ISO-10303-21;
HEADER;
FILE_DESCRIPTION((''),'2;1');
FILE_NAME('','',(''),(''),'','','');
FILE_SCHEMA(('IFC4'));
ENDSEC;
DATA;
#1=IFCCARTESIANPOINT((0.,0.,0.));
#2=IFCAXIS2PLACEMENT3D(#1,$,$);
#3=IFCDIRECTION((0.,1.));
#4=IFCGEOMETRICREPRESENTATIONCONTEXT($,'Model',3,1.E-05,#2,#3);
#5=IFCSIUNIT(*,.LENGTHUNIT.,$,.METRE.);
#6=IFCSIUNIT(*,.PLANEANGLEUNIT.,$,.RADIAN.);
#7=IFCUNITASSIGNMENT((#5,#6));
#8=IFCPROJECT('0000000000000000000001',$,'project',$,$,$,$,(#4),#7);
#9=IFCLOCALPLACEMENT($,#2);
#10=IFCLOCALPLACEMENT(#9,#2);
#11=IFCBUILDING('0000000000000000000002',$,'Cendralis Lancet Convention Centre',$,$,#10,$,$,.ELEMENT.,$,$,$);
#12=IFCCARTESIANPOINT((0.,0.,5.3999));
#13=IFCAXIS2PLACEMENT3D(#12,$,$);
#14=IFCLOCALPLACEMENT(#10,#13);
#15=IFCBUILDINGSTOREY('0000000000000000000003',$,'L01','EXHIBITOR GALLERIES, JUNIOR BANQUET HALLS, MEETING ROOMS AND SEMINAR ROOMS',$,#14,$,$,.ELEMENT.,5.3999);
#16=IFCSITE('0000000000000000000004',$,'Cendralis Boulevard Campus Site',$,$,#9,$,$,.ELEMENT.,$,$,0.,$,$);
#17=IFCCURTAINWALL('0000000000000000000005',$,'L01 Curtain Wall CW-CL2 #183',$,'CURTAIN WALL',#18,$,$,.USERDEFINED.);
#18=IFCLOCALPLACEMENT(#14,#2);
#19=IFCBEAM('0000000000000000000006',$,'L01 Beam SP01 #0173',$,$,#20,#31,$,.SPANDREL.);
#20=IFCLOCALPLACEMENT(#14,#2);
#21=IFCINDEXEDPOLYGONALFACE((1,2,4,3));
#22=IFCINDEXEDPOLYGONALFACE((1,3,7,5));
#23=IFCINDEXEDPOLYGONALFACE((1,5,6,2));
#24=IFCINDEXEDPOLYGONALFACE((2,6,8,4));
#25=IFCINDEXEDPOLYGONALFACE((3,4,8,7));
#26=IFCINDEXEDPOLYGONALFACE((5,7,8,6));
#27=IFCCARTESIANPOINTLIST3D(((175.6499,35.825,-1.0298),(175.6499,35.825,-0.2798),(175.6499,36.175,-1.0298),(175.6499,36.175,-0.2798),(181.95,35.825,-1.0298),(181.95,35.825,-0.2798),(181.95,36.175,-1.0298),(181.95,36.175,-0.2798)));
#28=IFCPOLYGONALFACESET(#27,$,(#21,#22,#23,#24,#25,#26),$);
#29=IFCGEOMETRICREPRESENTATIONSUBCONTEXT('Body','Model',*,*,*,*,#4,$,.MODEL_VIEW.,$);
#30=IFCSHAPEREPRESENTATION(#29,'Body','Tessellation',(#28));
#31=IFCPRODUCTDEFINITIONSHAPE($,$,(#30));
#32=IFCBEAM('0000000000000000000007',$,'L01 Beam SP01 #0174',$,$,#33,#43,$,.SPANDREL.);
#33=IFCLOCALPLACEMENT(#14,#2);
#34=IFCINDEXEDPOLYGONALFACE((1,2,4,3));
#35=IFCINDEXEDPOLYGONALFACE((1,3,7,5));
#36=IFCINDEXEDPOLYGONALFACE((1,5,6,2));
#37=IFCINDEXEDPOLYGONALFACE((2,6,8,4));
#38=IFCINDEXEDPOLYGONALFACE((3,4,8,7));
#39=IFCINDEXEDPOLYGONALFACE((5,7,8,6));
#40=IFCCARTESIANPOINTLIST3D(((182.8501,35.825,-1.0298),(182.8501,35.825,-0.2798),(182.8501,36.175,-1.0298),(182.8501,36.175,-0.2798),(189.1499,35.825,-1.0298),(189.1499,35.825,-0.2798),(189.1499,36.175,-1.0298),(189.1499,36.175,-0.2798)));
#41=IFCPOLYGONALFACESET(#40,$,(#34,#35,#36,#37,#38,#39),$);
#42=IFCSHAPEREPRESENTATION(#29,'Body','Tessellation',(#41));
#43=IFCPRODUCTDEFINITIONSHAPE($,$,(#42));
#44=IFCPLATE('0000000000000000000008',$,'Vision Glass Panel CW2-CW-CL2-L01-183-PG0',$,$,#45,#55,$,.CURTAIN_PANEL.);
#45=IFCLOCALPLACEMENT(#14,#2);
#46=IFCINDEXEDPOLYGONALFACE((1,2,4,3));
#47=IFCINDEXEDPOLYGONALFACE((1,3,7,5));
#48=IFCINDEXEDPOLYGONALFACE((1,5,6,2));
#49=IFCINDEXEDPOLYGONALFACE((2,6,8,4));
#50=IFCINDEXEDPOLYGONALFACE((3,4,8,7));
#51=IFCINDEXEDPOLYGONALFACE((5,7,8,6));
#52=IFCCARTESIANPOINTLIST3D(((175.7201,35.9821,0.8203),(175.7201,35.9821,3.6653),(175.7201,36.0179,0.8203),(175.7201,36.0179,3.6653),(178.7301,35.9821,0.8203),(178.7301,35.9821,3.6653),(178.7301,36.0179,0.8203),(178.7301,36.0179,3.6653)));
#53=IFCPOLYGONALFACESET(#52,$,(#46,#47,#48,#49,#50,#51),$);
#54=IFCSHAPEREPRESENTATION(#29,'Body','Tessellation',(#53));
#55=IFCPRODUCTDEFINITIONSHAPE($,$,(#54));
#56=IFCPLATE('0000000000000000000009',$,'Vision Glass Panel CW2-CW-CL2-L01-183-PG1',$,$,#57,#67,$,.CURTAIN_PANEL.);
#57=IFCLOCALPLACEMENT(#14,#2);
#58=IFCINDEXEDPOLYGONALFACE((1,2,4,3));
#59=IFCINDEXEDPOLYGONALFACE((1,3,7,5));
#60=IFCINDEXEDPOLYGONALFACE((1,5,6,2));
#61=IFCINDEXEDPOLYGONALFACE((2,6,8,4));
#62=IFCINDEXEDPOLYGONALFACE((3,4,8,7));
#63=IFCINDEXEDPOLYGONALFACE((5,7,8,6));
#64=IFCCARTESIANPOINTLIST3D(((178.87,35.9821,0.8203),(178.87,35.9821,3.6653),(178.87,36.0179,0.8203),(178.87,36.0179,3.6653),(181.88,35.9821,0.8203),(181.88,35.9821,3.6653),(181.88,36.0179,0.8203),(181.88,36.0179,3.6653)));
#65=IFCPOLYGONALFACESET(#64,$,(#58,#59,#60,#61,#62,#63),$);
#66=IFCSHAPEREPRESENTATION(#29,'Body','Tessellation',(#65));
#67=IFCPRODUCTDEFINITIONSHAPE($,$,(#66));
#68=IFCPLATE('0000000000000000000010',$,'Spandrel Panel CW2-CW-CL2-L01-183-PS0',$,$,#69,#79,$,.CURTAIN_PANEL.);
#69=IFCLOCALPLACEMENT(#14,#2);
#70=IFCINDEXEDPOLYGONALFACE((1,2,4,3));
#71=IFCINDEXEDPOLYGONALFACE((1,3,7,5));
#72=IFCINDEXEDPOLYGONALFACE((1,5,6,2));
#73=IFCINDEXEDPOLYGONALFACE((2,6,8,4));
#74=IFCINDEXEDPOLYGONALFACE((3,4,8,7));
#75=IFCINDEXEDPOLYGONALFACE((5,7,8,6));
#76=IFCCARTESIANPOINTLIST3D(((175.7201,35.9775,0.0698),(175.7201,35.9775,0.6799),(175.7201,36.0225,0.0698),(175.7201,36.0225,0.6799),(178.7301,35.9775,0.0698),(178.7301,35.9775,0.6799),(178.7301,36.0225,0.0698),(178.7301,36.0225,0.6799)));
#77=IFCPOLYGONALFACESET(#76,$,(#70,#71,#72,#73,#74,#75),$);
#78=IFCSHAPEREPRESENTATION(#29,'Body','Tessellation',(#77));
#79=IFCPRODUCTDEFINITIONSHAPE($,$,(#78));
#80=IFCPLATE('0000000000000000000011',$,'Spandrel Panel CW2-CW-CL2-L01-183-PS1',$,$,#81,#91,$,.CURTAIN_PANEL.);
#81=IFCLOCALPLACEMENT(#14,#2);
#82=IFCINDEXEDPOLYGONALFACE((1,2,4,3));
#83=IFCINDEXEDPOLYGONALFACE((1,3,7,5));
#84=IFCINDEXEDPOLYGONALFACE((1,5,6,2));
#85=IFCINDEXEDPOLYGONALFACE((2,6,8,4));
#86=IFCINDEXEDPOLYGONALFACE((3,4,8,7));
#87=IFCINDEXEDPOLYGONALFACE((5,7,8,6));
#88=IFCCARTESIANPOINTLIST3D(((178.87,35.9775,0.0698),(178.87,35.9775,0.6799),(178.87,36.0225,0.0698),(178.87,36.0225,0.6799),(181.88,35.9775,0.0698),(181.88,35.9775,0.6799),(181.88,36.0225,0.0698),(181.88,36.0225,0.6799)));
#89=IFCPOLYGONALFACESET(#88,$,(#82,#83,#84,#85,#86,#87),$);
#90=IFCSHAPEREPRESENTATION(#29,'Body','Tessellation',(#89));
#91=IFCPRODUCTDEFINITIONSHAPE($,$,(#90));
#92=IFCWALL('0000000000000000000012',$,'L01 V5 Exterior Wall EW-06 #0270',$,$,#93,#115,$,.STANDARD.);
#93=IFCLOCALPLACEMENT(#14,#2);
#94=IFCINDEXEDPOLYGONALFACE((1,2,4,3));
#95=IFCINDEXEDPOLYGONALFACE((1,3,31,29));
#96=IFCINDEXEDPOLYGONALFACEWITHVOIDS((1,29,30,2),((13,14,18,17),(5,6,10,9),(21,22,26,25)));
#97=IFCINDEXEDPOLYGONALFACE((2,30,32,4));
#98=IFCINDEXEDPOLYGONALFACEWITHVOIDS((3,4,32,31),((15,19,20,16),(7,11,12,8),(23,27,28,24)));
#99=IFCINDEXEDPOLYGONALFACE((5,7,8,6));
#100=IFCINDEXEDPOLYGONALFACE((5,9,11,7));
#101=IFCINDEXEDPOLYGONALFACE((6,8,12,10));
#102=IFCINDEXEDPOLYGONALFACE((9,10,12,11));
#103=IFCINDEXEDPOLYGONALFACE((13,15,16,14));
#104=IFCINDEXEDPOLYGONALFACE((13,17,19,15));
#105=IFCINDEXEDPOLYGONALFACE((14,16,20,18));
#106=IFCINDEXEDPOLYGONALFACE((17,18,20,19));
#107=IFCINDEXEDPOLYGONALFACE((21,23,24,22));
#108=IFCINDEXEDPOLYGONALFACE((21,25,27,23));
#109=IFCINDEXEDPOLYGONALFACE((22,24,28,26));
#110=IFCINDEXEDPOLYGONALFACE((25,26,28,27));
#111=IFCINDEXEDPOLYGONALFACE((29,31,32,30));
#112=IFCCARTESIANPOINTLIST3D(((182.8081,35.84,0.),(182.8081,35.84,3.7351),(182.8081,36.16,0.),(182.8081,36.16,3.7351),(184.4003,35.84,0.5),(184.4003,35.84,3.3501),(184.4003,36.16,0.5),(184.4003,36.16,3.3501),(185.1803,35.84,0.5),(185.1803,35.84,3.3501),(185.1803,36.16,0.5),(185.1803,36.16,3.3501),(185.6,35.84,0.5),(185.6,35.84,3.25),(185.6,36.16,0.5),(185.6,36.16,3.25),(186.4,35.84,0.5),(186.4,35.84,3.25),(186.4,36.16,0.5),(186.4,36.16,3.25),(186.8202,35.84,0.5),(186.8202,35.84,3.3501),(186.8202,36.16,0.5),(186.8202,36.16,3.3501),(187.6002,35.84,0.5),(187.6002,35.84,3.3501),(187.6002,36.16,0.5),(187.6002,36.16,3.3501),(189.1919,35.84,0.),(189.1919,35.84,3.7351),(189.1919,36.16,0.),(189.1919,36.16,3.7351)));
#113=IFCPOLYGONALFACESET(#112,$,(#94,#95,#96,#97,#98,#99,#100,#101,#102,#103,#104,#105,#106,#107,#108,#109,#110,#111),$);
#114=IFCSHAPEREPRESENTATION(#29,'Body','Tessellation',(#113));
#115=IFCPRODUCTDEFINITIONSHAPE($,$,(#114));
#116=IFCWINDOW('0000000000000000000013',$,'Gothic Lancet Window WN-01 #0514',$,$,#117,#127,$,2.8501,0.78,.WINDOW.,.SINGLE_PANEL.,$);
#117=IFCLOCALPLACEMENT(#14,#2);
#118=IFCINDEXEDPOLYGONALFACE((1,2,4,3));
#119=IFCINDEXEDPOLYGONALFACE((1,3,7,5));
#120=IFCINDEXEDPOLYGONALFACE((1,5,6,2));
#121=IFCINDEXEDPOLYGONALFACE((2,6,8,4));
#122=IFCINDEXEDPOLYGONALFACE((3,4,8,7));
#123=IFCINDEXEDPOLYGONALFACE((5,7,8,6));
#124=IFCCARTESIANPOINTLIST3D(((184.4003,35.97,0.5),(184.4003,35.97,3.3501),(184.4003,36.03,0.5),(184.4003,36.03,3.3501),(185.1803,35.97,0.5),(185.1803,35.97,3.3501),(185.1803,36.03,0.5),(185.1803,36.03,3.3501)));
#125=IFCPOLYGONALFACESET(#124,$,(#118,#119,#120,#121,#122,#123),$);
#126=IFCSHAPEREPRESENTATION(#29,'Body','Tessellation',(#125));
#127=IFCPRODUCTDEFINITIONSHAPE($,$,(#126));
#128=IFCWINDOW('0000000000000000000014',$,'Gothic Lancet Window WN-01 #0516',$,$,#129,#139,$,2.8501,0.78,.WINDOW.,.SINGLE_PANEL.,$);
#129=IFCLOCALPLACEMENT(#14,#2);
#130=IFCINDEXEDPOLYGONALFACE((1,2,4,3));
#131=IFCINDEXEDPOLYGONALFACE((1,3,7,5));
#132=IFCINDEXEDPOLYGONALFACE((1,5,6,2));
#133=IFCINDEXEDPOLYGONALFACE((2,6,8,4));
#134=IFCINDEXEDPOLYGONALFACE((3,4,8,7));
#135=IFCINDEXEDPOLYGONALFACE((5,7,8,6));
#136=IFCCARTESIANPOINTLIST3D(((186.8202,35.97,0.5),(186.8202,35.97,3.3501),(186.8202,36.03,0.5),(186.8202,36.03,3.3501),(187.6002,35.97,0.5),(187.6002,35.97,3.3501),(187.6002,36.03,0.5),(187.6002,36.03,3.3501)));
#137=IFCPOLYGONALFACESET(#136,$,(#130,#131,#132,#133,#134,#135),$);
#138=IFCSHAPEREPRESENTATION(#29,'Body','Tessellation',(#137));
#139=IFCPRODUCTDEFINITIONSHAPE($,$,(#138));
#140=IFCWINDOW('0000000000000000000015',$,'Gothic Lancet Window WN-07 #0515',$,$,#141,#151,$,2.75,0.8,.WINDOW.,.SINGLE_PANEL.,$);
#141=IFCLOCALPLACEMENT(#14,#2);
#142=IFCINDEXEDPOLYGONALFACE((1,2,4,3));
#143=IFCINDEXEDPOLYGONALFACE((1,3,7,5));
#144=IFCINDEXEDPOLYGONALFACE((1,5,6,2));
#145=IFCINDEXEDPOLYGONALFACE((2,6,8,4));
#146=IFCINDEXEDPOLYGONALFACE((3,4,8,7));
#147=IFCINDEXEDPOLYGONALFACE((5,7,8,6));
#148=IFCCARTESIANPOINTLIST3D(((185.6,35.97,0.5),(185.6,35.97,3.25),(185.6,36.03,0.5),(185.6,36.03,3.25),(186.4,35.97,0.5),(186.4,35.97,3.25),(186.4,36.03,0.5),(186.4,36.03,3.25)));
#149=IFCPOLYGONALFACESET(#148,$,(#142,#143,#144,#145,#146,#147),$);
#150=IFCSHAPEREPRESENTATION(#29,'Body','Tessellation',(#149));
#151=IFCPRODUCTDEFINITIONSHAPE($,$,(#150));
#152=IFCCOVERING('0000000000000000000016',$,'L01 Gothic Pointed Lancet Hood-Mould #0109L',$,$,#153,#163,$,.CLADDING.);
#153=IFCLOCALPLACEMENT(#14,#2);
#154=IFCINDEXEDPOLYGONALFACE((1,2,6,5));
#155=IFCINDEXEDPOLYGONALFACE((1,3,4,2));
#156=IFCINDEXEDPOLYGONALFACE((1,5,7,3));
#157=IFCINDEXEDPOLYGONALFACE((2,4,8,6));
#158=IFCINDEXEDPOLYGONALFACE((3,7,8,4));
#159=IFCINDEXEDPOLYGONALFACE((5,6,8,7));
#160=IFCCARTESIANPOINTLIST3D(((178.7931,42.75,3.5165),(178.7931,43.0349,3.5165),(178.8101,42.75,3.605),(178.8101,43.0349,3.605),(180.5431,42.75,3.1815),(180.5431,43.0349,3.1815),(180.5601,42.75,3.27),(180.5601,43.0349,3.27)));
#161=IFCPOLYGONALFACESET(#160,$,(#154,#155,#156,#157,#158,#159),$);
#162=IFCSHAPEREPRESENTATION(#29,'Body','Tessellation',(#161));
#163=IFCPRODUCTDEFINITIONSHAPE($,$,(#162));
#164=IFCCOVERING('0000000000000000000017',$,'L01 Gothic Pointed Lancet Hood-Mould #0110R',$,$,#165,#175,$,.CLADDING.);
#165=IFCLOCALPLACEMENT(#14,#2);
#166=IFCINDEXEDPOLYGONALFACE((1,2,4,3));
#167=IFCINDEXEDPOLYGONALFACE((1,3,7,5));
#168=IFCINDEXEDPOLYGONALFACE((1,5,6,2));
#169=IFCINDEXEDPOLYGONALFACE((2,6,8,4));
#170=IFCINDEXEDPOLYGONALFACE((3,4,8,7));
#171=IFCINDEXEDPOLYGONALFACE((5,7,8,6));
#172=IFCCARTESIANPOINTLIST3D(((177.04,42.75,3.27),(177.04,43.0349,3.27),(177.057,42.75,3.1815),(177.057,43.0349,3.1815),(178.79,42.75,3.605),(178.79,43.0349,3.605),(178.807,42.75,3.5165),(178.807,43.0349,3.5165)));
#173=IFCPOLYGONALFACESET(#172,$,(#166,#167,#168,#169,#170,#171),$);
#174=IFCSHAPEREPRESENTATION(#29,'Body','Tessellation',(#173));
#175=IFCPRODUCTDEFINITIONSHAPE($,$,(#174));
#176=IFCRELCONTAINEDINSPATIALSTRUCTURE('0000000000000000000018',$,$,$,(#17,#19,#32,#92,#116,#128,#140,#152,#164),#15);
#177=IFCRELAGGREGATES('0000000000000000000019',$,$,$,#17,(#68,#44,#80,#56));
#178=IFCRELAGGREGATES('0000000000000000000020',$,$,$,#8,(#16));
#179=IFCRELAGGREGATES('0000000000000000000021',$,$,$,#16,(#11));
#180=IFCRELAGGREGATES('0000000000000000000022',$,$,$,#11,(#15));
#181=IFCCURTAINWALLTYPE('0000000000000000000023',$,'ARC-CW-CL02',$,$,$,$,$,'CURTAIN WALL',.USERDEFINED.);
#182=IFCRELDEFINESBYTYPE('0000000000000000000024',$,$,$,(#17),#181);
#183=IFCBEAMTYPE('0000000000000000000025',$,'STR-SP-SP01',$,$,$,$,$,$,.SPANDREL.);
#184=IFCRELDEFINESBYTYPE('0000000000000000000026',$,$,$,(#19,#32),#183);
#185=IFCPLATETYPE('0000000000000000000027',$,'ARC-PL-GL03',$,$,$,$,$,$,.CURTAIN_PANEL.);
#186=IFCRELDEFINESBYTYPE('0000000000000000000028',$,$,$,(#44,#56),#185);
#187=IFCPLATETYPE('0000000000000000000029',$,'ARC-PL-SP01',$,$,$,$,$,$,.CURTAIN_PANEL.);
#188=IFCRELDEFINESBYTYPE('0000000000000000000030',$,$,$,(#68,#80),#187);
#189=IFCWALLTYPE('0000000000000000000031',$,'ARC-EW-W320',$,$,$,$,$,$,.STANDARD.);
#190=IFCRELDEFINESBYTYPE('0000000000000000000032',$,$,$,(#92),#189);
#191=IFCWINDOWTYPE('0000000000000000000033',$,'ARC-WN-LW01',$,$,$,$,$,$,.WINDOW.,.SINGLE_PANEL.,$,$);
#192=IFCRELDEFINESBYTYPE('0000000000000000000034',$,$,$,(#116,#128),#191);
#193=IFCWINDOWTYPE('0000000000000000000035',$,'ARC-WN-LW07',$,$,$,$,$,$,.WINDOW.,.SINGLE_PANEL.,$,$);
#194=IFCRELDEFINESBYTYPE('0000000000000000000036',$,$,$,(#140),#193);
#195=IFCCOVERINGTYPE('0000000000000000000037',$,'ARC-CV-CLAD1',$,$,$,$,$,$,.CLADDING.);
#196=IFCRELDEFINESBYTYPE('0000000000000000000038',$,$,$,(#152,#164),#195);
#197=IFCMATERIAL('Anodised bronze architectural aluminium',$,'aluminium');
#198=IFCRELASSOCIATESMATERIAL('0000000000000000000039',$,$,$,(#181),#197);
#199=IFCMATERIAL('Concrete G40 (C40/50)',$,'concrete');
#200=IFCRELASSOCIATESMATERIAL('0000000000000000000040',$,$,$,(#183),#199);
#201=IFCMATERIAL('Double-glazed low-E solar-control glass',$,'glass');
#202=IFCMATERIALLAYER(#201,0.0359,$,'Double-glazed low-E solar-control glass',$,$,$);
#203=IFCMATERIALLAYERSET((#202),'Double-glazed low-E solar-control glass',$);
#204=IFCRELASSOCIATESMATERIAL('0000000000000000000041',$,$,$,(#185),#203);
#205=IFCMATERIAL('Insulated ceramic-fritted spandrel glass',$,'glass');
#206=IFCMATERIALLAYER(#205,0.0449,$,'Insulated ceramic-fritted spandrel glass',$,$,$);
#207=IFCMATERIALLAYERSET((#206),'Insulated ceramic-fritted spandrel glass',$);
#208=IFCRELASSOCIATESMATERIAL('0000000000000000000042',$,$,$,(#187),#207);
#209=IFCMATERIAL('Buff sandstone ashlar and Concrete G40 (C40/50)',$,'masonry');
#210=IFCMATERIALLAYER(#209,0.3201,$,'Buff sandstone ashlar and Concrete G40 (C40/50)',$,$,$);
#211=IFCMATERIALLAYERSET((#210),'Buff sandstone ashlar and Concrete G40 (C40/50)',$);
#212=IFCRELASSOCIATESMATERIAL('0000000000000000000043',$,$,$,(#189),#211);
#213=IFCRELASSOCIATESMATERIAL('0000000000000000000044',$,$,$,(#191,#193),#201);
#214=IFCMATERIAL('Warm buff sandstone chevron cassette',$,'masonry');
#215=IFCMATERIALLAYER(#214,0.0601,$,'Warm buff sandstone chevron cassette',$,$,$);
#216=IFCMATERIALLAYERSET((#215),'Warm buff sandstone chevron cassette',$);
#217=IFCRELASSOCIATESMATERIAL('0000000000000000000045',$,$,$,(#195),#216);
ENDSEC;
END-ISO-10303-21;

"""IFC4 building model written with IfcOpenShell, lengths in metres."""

from ifc_helpers import new_model, si_unit, direction, frame, frame_2d, origin, origin_2d, place, context, subcontext, project, spatial, polyline, rectangle, outline, extrude, material, layer, layer_set, material_profile, profile_set, type_object, element, fill, aggregate, save


model = new_model("IFC4")

# Units and contexts
model_context = context("Model", 3, precision=1e-05, world=origin(), true_north=direction((0.0, 1.0)))
body_context = subcontext(model_context, "Body", "Model", "MODEL_VIEW")
ifc_project = project(units=[si_unit("LENGTHUNIT", "METRE"), si_unit("PLANEANGLEUNIT", "RADIAN")], contexts=[model_context])

# Site, building, storey
site_placement = place(None, origin())
site = spatial("IfcSite", under=ifc_project, at=site_placement, Name="Cendralis Boulevard Campus Site", CompositionType="ELEMENT", RefElevation=0.0)
building_placement = place(site_placement, origin())
building = spatial("IfcBuilding", under=site, at=building_placement, Name="Cendralis Lancet Convention Centre", CompositionType="ELEMENT")
storey_placement = place(building_placement, frame((0.0, 0.0, 5.3999)))
storey = spatial("IfcBuildingStorey", under=building, at=storey_placement, Name="L01", Description="EXHIBITOR GALLERIES, JUNIOR BANQUET HALLS, MEETING ROOMS AND SEMINAR ROOMS", CompositionType="ELEMENT", Elevation=5.3999)

# Shared definitions
ifc_material_1 = material(Name="Concrete G40 (C40/50)", Category="concrete")

# Curtain wall
ifc_material_2 = material(Name="Anodised bronze architectural aluminium", Category="aluminium")
curtain_wall_type = type_object("IfcCurtainWallType", Name="ARC-CW-CL02", ElementType="CURTAIN WALL", PredefinedType="USERDEFINED", material=ifc_material_2)
curtain_wall_placement = place(storey_placement, origin())
curtain_wall = element("IfcCurtainWall", 1, at=curtain_wall_placement, inside=storey, type_object=curtain_wall_type, Name="L01 Curtain Wall CW-CL2 #183", ObjectType="CURTAIN WALL", PredefinedType="USERDEFINED")

# Beams
ifc_material_profile_1 = material_profile(ifc_material_1, rectangle(XDim=0.3501, YDim=0.75, at=origin_2d()), Name="RCB 350x750")
ifc_profile_set_1 = profile_set([ifc_material_profile_1], Name="Concrete G40 (C40/50)")
beam_type = type_object("IfcBeamType", Name="STR-SP-SP01", PredefinedType="SPANDREL", material=ifc_profile_set_1)
beam_1_placement = place(storey_placement, frame((175.6499, 36.0, -0.6548), z_axis=(1.0, 0.0, 0.0), x_axis=(0.0, 1.0, 0.0)))
element("IfcBeam", 2, at=beam_1_placement, inside=storey, type_object=beam_type, Name="L01 Beam SP01 #0173", PredefinedType="SPANDREL", context=body_context, shape_type="SweptSolid", body=[
    extrude(rectangle(XDim=0.3501, YDim=0.75, at=origin_2d()), origin(), (0.0, 0.0, 1.0), 6.3),
])
beam_2_placement = place(storey_placement, frame((182.8501, 36.0, -0.6548), z_axis=(1.0, 0.0, 0.0), x_axis=(0.0, 1.0, 0.0)))
element("IfcBeam", 3, at=beam_2_placement, inside=storey, type_object=beam_type, Name="L01 Beam SP01 #0174", PredefinedType="SPANDREL", context=body_context, shape_type="SweptSolid", body=[
    extrude(rectangle(XDim=0.3501, YDim=0.75, at=origin_2d()), origin(), (0.0, 0.0, 1.0), 6.2998),
])

# Plates
ifc_material_3 = material(Name="Double-glazed low-E solar-control glass", Category="glass")
ifc_layer_1 = layer(ifc_material_3, 0.0359, Name="Double-glazed low-E solar-control glass")
ifc_layer_set_1 = layer_set([ifc_layer_1], Name="Double-glazed low-E solar-control glass")
plate_type_1 = type_object("IfcPlateType", Name="ARC-PL-GL03", PredefinedType="CURTAIN_PANEL", material=ifc_layer_set_1)
plate_1_placement = place(storey_placement, frame((177.2251, 36.0, 0.8203), z_axis=(0.0, 0.0, 1.0), x_axis=(1.0, 0.0, 0.0)))
plate_1 = element("IfcPlate", 4, at=plate_1_placement, type_object=plate_type_1, Name="Vision Glass Panel CW2-CW-CL2-L01-183-PG0", PredefinedType="CURTAIN_PANEL", context=body_context, shape_type="SweptSolid", body=[
    extrude(rectangle(XDim=3.01, YDim=0.0359, at=origin_2d()), origin(), (0.0, 0.0, 1.0), 2.845),
])
plate_2_placement = place(storey_placement, frame((180.375, 36.0, 0.8203), z_axis=(0.0, 0.0, 1.0), x_axis=(1.0, 0.0, 0.0)))
plate_2 = element("IfcPlate", 5, at=plate_2_placement, type_object=plate_type_1, Name="Vision Glass Panel CW2-CW-CL2-L01-183-PG1", PredefinedType="CURTAIN_PANEL", context=body_context, shape_type="SweptSolid", body=[
    extrude(rectangle(XDim=3.01, YDim=0.0359, at=origin_2d()), origin(), (0.0, 0.0, 1.0), 2.845),
])
ifc_material_4 = material(Name="Insulated ceramic-fritted spandrel glass", Category="glass")
ifc_layer_2 = layer(ifc_material_4, 0.0449, Name="Insulated ceramic-fritted spandrel glass")
ifc_layer_set_2 = layer_set([ifc_layer_2], Name="Insulated ceramic-fritted spandrel glass")
plate_type_2 = type_object("IfcPlateType", Name="ARC-PL-SP01", PredefinedType="CURTAIN_PANEL", material=ifc_layer_set_2)
plate_3_placement = place(storey_placement, frame((177.2251, 36.0, 0.0698), z_axis=(0.0, 0.0, 1.0), x_axis=(1.0, 0.0, 0.0)))
plate_3 = element("IfcPlate", 6, at=plate_3_placement, type_object=plate_type_2, Name="Spandrel Panel CW2-CW-CL2-L01-183-PS0", PredefinedType="CURTAIN_PANEL", context=body_context, shape_type="SweptSolid", body=[
    extrude(rectangle(XDim=3.01, YDim=0.0449, at=origin_2d()), origin(), (0.0, 0.0, 1.0), 0.6101),
])
plate_4_placement = place(storey_placement, frame((180.375, 36.0, 0.0698), z_axis=(0.0, 0.0, 1.0), x_axis=(1.0, 0.0, 0.0)))
plate_4 = element("IfcPlate", 7, at=plate_4_placement, type_object=plate_type_2, Name="Spandrel Panel CW2-CW-CL2-L01-183-PS1", PredefinedType="CURTAIN_PANEL", context=body_context, shape_type="SweptSolid", body=[
    extrude(rectangle(XDim=3.01, YDim=0.0449, at=origin_2d()), origin(), (0.0, 0.0, 1.0), 0.6101),
])
aggregate(curtain_wall, [plate_3, plate_1, plate_4, plate_2])

# Wall, openings, windows
ifc_material_5 = material(Name="Buff sandstone ashlar and Concrete G40 (C40/50)", Category="masonry")
ifc_layer_3 = layer(ifc_material_5, 0.3201, Name="Buff sandstone ashlar and Concrete G40 (C40/50)")
ifc_layer_set_3 = layer_set([ifc_layer_3], Name="Buff sandstone ashlar and Concrete G40 (C40/50)")
wall_type = type_object("IfcWallType", Name="ARC-EW-W320", PredefinedType="STANDARD", material=ifc_layer_set_3)
wall_placement = place(storey_placement, frame((182.8081, 36.0, 0.0), z_axis=(0.0, 0.0, 1.0), x_axis=(1.0, 0.0, 0.0)))
wall = element("IfcWall", 8, at=wall_placement, inside=storey, type_object=wall_type, Name="L01 V5 Exterior Wall EW-06 #0270", PredefinedType="STANDARD", context=body_context, shape_type="SweptSolid", body=[
    extrude(rectangle(XDim=6.3838, YDim=0.3201, at=frame_2d((3.1919, 0.0))), origin(), (0.0, 0.0, 1.0), 3.7351),
])
opening_1_placement = place(wall_placement, frame((1.592, 0.0, 0.5)))
opening_1 = element("IfcOpeningElement", 9, at=opening_1_placement, cuts=wall, PredefinedType="OPENING", context=body_context, shape_type="SweptSolid", body=[
    extrude(rectangle(XDim=0.78, YDim=2.8501, at=frame_2d((0.3901, 1.425))), frame((0.0, 0.1699, 0.0), z_axis=(0.0, -1.0, 0.0), x_axis=(1.0, 0.0, 0.0)), (0.0, 0.0, 1.0), 0.3401),
])
opening_2_placement = place(wall_placement, frame((2.792, 0.0, 0.5)))
opening_2 = element("IfcOpeningElement", 10, at=opening_2_placement, cuts=wall, PredefinedType="OPENING", context=body_context, shape_type="SweptSolid", body=[
    extrude(rectangle(XDim=0.8, YDim=2.75, at=frame_2d((0.3999, 1.375))), frame((0.0, 0.1699, 0.0), z_axis=(0.0, -1.0, 0.0), x_axis=(1.0, 0.0, 0.0)), (0.0, 0.0, 1.0), 0.3401),
])
opening_3_placement = place(wall_placement, frame((4.012, 0.0, 0.5)))
opening_3 = element("IfcOpeningElement", 11, at=opening_3_placement, cuts=wall, PredefinedType="OPENING", context=body_context, shape_type="SweptSolid", body=[
    extrude(rectangle(XDim=0.78, YDim=2.8501, at=frame_2d((0.3901, 1.425))), frame((0.0, 0.1699, 0.0), z_axis=(0.0, -1.0, 0.0), x_axis=(1.0, 0.0, 0.0)), (0.0, 0.0, 1.0), 0.3401),
])
window_type_1 = type_object("IfcWindowType", Name="ARC-WN-LW01", PartitioningType="SINGLE_PANEL", PredefinedType="WINDOW", material=ifc_material_3)
window_1_placement = place(opening_1_placement, origin())
window_1 = element("IfcWindow", 12, at=window_1_placement, inside=storey, type_object=window_type_1, Name="Gothic Lancet Window WN-01 #0514", OverallHeight=2.8501, OverallWidth=0.78, PartitioningType="SINGLE_PANEL", PredefinedType="WINDOW", context=body_context, shape_type="SweptSolid", body=[
    extrude(rectangle(XDim=0.78, YDim=2.8501, at=frame_2d((0.3901, 1.425))), frame((0.0, 0.03, 0.0), z_axis=(0.0, -1.0, 0.0), x_axis=(1.0, 0.0, 0.0)), (0.0, 0.0, 1.0), 0.0601),
])
fill(opening_1, window_1)
window_2_placement = place(opening_3_placement, origin())
window_2 = element("IfcWindow", 13, at=window_2_placement, inside=storey, type_object=window_type_1, Name="Gothic Lancet Window WN-01 #0516", OverallHeight=2.8501, OverallWidth=0.78, PartitioningType="SINGLE_PANEL", PredefinedType="WINDOW", context=body_context, shape_type="SweptSolid", body=[
    extrude(rectangle(XDim=0.78, YDim=2.8501, at=frame_2d((0.3901, 1.425))), frame((0.0, 0.03, 0.0), z_axis=(0.0, -1.0, 0.0), x_axis=(1.0, 0.0, 0.0)), (0.0, 0.0, 1.0), 0.0601),
])
fill(opening_3, window_2)
window_type_2 = type_object("IfcWindowType", Name="ARC-WN-LW07", PartitioningType="SINGLE_PANEL", PredefinedType="WINDOW", material=ifc_material_3)
window_3_placement = place(opening_2_placement, origin())
window_3 = element("IfcWindow", 14, at=window_3_placement, inside=storey, type_object=window_type_2, Name="Gothic Lancet Window WN-07 #0515", OverallHeight=2.75, OverallWidth=0.8, PartitioningType="SINGLE_PANEL", PredefinedType="WINDOW", context=body_context, shape_type="SweptSolid", body=[
    extrude(rectangle(XDim=0.8, YDim=2.75, at=frame_2d((0.3999, 1.375))), frame((0.0, 0.03, 0.0), z_axis=(0.0, -1.0, 0.0), x_axis=(1.0, 0.0, 0.0)), (0.0, 0.0, 1.0), 0.0601),
])
fill(opening_2, window_3)

# Coverings
ifc_material_6 = material(Name="Warm buff sandstone chevron cassette", Category="masonry")
ifc_layer_4 = layer(ifc_material_6, 0.0601, Name="Warm buff sandstone chevron cassette")
ifc_layer_set_4 = layer_set([ifc_layer_4], Name="Warm buff sandstone chevron cassette")
covering_type = type_object("IfcCoveringType", Name="ARC-CV-CLAD1", PredefinedType="CLADDING", material=ifc_layer_set_4)
for number, where, z_axis, x_axis, name in (
    (15, (180.5601, 42.75, 3.27), (0.187994, 0.0, 0.98217), (0.0, 1.0, 0.0), "L01 Gothic Pointed Lancet Hood-Mould #0109L"),
    (16, (178.79, 42.75, 3.605), (-0.187994, 0.0, 0.98217), (0.0, 1.0, 0.0), "L01 Gothic Pointed Lancet Hood-Mould #0110R"),
):
    element("IfcCovering", number, at=place(storey_placement, frame(where, z_axis=z_axis, x_axis=x_axis)), inside=storey, type_object=covering_type, Name=name, PredefinedType="CLADDING", context=body_context, shape_type="SweptSolid", body=[
        extrude(outline(polyline([(0.0, 0.0), (0.2849, 0.0), (0.2849, 1.7818), (0.0, 1.7818), (0.0, 0.0)])), origin(), (0.0, 0.0, -1.0), 0.0901),
    ])

save(model, "model.ifc")
